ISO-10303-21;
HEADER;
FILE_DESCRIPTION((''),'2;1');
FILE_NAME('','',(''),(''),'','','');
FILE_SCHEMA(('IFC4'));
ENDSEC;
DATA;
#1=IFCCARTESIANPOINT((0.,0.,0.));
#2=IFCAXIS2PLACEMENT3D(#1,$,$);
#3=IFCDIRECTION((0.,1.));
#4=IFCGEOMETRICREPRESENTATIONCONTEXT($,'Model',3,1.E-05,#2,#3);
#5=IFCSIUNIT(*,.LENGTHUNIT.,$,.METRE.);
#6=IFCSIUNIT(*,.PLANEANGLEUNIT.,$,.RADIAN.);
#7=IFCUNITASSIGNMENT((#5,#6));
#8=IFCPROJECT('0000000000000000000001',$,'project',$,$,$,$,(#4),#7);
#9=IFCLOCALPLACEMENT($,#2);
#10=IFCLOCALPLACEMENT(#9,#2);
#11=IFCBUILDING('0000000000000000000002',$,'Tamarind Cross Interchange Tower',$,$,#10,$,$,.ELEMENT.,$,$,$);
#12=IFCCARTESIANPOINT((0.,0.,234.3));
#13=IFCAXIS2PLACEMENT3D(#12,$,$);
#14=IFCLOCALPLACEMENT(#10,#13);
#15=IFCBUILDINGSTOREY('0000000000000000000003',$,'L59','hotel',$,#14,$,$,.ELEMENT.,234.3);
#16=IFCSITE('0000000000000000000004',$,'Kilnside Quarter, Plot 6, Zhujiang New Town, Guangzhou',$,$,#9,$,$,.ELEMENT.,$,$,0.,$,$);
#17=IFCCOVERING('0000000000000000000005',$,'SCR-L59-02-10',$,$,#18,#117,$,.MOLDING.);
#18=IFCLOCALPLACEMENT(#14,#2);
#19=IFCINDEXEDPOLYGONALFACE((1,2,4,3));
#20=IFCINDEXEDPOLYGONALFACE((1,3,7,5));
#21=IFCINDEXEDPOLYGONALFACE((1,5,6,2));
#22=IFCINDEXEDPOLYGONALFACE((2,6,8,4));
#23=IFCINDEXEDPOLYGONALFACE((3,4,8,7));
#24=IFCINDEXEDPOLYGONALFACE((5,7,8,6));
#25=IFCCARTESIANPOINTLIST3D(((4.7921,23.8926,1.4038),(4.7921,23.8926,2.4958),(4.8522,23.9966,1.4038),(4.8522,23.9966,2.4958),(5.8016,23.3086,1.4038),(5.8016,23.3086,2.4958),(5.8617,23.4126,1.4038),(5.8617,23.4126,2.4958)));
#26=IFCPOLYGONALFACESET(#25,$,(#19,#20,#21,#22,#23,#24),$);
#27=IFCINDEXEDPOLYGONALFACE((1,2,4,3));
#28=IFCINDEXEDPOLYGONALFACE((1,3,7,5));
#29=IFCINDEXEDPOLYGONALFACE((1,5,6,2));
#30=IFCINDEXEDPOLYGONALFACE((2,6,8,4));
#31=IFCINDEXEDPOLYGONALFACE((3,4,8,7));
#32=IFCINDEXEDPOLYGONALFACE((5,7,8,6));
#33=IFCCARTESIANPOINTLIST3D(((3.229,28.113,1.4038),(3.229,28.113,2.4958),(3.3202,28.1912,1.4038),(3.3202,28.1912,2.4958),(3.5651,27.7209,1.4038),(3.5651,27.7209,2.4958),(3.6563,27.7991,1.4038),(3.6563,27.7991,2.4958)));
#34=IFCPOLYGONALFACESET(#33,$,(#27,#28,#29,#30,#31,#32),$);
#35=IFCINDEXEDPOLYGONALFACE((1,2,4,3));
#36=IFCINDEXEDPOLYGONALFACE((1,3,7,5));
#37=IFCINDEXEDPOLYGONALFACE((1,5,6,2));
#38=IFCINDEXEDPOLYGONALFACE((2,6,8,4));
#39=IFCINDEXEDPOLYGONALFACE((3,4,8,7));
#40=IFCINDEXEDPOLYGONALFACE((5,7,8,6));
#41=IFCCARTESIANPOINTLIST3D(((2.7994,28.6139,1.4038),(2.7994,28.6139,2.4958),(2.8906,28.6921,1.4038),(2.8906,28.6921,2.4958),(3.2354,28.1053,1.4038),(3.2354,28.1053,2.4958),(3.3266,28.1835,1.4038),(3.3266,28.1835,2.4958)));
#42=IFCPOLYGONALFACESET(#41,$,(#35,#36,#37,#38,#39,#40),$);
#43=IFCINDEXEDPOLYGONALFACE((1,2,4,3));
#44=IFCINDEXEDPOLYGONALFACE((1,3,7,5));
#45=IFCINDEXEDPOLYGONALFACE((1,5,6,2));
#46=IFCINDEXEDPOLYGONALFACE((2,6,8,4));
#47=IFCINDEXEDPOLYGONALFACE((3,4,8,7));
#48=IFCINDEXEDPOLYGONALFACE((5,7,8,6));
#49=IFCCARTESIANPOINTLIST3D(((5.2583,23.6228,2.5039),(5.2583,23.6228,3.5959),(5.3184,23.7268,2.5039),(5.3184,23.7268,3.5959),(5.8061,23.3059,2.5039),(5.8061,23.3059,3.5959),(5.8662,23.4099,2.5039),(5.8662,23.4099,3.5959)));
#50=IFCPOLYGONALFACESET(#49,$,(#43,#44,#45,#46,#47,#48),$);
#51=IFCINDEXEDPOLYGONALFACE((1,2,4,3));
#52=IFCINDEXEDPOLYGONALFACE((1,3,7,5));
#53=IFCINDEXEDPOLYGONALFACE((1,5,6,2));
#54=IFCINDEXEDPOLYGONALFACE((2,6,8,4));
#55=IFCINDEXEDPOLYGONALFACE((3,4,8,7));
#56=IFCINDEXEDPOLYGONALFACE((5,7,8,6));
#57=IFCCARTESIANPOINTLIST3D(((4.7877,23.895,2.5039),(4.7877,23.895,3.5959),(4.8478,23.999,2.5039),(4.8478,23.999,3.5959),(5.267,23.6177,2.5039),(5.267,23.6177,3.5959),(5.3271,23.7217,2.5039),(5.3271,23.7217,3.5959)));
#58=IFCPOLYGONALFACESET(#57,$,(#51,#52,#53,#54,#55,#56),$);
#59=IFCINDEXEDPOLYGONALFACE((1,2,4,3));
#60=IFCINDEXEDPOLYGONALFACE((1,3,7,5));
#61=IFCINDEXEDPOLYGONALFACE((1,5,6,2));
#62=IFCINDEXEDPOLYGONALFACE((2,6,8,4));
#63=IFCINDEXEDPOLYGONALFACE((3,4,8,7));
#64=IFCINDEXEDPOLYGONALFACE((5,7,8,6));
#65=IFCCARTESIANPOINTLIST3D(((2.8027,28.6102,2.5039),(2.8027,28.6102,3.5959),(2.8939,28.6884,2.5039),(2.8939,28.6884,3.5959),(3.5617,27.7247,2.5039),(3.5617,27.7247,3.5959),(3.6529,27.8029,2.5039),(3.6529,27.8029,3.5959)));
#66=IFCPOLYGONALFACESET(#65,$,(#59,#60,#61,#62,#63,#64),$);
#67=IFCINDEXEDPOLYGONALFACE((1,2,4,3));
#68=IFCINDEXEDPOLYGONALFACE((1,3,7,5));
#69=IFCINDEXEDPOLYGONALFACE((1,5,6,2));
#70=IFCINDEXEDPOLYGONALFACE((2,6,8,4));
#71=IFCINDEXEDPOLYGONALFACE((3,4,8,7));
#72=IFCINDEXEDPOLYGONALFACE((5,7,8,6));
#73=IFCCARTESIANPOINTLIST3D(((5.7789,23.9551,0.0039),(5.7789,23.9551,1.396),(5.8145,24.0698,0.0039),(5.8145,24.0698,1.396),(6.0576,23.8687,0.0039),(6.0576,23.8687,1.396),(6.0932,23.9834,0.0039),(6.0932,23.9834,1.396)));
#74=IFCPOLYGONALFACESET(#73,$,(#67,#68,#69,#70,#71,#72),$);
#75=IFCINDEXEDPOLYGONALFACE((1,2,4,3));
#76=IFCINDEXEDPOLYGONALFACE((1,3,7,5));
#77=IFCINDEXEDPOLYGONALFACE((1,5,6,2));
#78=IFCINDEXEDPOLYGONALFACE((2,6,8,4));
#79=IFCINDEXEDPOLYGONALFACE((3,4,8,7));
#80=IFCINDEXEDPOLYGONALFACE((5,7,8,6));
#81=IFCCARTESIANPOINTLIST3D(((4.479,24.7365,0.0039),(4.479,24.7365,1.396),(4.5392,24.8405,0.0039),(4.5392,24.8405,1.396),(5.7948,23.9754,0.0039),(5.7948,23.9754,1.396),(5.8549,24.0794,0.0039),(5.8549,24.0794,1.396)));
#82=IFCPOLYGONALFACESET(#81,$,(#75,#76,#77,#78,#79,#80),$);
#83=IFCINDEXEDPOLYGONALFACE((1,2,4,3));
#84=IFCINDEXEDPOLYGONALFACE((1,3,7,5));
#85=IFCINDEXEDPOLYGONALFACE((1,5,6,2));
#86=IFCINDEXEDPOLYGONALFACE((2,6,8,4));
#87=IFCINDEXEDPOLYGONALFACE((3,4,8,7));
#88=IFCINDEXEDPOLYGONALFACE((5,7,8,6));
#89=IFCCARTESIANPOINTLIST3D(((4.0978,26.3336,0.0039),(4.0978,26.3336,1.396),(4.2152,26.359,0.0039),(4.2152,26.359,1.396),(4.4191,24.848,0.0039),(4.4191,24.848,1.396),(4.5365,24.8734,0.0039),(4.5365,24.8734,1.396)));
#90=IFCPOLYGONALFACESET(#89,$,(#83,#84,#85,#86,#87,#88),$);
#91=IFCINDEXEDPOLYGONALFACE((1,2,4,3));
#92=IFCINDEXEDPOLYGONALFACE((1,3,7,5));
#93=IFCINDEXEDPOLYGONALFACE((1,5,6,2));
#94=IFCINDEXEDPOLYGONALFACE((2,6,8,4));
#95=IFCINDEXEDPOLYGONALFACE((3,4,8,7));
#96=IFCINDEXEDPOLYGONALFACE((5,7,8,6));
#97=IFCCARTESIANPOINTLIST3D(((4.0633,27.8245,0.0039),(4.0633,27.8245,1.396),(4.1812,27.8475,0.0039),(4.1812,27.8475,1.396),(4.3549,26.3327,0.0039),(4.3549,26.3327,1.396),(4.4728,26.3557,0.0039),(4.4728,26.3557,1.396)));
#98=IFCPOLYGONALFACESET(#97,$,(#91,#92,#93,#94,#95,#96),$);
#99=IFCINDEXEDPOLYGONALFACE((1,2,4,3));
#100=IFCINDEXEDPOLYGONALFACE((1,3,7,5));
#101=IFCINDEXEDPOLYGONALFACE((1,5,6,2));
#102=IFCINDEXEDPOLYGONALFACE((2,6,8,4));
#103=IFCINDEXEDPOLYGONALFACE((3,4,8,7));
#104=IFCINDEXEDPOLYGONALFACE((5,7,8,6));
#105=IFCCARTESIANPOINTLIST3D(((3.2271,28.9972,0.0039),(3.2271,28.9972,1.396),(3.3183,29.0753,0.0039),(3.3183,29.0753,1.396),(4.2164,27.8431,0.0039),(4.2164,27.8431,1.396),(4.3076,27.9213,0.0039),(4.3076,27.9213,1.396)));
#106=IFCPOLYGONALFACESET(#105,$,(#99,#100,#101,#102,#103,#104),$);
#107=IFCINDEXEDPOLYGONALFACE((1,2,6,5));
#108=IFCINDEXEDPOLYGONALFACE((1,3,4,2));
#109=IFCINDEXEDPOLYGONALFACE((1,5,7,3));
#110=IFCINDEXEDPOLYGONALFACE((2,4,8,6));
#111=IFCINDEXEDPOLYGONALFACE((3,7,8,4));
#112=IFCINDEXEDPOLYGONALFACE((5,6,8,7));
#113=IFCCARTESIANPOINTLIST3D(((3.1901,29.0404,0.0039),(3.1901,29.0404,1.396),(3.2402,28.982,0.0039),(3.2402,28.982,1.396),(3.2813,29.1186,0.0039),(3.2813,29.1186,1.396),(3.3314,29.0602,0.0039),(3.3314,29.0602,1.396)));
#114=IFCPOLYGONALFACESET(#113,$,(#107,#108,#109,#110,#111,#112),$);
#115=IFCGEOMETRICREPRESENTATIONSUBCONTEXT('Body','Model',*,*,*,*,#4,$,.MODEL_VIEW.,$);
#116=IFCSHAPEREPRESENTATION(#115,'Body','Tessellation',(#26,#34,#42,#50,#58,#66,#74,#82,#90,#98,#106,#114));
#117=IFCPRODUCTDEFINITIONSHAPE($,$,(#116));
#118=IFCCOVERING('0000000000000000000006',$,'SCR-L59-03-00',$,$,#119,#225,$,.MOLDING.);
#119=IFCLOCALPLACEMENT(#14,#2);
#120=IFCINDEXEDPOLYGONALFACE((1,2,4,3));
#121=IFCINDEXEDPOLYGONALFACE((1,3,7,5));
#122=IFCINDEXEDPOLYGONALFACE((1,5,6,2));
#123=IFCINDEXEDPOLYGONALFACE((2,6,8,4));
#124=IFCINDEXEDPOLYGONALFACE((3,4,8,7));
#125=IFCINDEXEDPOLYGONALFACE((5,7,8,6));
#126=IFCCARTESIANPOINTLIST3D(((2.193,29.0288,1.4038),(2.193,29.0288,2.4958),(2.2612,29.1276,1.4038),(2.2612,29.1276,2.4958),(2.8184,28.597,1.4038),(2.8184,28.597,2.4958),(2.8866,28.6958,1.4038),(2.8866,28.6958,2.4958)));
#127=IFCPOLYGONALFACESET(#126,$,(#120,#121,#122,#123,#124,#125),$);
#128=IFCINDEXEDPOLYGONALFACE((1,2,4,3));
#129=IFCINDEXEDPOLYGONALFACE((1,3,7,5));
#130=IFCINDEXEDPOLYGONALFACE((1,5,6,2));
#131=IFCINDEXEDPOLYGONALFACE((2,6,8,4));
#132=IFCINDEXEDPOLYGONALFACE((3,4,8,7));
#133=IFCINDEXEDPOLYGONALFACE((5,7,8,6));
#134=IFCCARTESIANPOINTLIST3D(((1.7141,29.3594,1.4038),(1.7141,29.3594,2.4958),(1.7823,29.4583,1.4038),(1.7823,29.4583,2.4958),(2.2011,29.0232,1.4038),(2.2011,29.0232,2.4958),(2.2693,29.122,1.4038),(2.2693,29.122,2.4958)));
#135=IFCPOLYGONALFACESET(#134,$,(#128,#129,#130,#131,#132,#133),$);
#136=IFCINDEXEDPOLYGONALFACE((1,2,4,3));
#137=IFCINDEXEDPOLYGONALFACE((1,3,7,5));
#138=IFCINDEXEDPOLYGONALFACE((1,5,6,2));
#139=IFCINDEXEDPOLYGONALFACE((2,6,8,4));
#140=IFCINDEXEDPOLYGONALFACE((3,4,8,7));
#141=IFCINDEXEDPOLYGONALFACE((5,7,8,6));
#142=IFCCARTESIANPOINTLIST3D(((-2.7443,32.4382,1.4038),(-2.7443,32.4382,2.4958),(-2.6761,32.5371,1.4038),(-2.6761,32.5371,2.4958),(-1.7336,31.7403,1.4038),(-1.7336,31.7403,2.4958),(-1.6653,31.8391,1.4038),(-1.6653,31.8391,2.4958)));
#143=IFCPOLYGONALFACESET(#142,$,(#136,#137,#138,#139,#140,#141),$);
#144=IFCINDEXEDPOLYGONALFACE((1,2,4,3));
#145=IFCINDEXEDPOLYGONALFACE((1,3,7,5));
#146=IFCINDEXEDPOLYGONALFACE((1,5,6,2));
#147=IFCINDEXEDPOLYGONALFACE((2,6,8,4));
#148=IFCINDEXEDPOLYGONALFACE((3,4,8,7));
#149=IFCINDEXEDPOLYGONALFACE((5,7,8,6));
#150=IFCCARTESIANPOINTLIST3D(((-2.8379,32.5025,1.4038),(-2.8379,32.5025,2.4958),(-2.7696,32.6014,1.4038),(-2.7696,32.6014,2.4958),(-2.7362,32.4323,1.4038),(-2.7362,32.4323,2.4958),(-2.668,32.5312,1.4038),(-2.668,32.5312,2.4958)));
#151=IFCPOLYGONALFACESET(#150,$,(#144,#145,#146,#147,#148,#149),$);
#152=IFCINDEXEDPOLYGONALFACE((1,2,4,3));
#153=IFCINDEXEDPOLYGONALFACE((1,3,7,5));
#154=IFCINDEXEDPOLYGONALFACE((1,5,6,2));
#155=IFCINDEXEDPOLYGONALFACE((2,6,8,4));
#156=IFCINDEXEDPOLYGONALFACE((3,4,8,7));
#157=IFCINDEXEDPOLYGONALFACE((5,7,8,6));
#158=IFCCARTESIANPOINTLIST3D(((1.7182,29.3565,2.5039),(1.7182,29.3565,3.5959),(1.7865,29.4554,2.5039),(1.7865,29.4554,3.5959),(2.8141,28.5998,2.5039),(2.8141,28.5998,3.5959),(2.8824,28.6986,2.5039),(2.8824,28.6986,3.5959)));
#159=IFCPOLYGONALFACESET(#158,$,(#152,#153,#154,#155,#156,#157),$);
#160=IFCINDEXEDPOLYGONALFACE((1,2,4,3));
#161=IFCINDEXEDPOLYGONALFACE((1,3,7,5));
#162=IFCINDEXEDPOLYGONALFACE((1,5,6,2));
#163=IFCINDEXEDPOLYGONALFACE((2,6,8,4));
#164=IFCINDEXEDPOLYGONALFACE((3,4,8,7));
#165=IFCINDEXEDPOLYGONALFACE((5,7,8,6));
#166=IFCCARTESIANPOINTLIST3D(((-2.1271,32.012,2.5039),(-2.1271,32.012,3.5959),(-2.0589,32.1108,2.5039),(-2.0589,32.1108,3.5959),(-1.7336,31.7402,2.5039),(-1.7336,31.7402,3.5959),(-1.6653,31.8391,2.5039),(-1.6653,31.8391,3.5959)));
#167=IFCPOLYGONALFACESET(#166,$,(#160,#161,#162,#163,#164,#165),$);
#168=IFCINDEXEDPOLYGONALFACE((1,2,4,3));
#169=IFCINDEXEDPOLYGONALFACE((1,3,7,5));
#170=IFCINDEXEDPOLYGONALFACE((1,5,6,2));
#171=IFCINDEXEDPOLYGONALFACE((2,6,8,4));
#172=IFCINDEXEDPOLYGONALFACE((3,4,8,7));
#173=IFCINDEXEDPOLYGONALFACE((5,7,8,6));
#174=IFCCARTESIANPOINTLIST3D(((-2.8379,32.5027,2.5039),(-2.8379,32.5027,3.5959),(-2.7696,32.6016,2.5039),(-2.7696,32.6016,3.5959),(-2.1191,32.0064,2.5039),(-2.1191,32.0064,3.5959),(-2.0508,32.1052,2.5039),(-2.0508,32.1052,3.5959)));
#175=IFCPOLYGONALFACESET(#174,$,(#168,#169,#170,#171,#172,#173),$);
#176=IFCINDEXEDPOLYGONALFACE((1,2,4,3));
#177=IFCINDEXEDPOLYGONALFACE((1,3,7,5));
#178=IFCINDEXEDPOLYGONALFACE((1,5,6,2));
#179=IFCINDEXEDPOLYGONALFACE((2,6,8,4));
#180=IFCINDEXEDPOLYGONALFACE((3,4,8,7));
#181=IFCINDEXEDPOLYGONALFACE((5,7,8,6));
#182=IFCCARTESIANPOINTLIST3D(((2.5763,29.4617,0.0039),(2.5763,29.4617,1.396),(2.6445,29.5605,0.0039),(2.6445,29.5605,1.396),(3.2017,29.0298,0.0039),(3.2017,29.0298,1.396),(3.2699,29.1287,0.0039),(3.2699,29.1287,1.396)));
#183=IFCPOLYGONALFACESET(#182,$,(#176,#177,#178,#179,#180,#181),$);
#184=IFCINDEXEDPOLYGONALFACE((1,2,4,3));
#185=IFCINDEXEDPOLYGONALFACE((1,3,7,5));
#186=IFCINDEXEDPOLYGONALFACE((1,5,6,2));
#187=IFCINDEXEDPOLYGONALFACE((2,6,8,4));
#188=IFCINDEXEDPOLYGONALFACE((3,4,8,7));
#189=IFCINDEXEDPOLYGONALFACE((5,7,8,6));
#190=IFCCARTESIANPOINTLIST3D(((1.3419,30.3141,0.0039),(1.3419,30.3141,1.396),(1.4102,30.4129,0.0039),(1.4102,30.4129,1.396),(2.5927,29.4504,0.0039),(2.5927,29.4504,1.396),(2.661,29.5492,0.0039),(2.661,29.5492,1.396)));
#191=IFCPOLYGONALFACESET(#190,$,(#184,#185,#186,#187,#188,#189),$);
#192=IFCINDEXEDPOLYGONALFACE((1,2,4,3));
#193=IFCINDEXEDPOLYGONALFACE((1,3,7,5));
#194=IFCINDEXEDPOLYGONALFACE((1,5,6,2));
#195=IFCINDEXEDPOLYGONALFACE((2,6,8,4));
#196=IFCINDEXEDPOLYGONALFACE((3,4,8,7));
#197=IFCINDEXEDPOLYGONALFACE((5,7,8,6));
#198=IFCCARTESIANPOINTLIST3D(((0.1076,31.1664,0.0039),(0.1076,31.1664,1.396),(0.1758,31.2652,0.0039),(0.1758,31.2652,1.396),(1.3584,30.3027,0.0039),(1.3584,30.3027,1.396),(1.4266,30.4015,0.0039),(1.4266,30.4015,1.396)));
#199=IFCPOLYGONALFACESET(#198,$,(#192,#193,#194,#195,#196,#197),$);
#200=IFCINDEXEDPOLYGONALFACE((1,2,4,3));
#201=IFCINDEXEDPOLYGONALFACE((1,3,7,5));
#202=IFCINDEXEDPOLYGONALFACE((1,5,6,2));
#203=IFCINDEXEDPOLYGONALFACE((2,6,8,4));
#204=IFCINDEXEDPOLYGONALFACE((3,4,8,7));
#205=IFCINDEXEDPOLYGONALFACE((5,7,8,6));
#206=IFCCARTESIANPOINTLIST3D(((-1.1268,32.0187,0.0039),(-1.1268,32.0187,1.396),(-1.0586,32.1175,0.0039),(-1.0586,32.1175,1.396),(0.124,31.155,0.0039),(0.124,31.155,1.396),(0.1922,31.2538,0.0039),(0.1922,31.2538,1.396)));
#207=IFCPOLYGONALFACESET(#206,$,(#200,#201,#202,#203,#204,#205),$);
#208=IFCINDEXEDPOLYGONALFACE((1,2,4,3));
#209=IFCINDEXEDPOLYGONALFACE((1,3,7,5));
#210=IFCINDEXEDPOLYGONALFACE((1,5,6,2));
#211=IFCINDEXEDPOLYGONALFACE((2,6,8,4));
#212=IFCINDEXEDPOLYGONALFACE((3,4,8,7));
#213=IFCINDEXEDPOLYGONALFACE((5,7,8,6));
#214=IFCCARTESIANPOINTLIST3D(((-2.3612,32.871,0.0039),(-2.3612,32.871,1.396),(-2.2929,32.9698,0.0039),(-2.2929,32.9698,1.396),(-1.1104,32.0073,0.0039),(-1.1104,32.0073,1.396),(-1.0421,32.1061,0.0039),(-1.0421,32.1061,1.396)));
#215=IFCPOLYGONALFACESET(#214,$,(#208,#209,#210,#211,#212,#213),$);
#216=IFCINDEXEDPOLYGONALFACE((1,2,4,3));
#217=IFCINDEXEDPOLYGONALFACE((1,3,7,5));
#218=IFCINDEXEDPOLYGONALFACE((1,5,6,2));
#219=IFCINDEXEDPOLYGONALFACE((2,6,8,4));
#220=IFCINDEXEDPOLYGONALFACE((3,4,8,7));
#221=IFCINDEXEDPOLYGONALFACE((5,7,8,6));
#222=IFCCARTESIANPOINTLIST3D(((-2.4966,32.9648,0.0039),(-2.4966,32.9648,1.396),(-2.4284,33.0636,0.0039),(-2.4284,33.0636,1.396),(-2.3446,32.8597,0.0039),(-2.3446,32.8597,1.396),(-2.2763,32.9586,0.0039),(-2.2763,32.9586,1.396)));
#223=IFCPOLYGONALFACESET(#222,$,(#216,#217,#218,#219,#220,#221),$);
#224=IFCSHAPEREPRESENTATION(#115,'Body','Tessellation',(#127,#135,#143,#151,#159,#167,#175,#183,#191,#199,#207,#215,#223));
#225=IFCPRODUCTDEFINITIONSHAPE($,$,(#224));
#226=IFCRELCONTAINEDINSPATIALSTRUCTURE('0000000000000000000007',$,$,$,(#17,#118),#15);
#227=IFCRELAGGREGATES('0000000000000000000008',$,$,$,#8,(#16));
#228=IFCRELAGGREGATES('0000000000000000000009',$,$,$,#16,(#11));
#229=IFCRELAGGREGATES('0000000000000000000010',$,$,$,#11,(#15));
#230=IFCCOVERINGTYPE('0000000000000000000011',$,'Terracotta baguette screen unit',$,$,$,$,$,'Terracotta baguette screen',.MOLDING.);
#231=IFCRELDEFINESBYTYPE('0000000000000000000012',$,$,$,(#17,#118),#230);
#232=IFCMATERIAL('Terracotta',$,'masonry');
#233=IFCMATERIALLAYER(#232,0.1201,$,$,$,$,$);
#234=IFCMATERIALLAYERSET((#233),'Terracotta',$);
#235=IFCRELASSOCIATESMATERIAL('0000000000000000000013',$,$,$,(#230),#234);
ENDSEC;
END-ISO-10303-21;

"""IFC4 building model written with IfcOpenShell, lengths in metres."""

from ifc_helpers import new_model, si_unit, direction, frame, origin, origin_2d, place, context, subcontext, project, spatial, rectangle, extrude, material, layer, layer_set, type_object, element, save


model = new_model("IFC4")

# Units and contexts
model_context = context("Model", 3, precision=1e-05, world=origin(), true_north=direction((0.0, 1.0)))
body_context = subcontext(model_context, "Body", "Model", "MODEL_VIEW")
ifc_project = project(units=[si_unit("LENGTHUNIT", "METRE"), si_unit("PLANEANGLEUNIT", "RADIAN")], contexts=[model_context])

# Site, building, storey
site_placement = place(None, origin())
site = spatial("IfcSite", under=ifc_project, at=site_placement, Name="Kilnside Quarter, Plot 6, Zhujiang New Town, Guangzhou", CompositionType="ELEMENT", RefElevation=0.0)
building_placement = place(site_placement, origin())
building = spatial("IfcBuilding", under=site, at=building_placement, Name="Tamarind Cross Interchange Tower", CompositionType="ELEMENT")
storey_placement = place(building_placement, frame((0.0, 0.0, 234.3)))
storey = spatial("IfcBuildingStorey", under=building, at=storey_placement, Name="L59", Description="hotel", CompositionType="ELEMENT", Elevation=234.3)

# Coverings
ifc_material_1 = material(Name="Terracotta", Category="masonry")
ifc_layer_1 = layer(ifc_material_1, 0.1201)
ifc_layer_set_1 = layer_set([ifc_layer_1], Name="Terracotta")
covering_type = type_object("IfcCoveringType", Name="Terracotta baguette screen unit", ElementType="Terracotta baguette screen", PredefinedType="MOLDING", material=ifc_layer_set_1)
covering_1_placement = place(storey_placement, origin())
element("IfcCovering", 1, at=covering_1_placement, inside=storey, type_object=covering_type, Name="SCR-L59-02-10", PredefinedType="MOLDING", context=body_context, shape_type="SweptSolid", body=[
    extrude(rectangle(XDim=1.1663, YDim=0.1201, at=origin_2d()), frame((5.3269, 23.6526, 1.4038), z_axis=(0.0, 0.0, 1.0), x_axis=(-0.865615, 0.50071, 0.0)), (0.0, 0.0, 1.0), 1.092),
    extrude(rectangle(XDim=0.5164, YDim=0.1201, at=origin_2d()), frame((3.4426, 27.9561, 1.4038), z_axis=(0.0, 0.0, 1.0), x_axis=(-0.650818, 0.759233, 0.0)), (0.0, 0.0, 1.0), 1.092),
    extrude(rectangle(XDim=0.6699, YDim=0.1201, at=origin_2d()), frame((3.063, 28.3987, 1.4038), z_axis=(0.0, 0.0, 1.0), x_axis=(-0.650818, 0.759233, 0.0)), (0.0, 0.0, 1.0), 1.092),
    extrude(rectangle(XDim=0.6328, YDim=0.1201, at=origin_2d()), frame((5.5623, 23.5164, 2.5039), z_axis=(0.0, 0.0, 1.0), x_axis=(-0.865615, 0.50071, 0.0)), (0.0, 0.0, 1.0), 1.092),
    extrude(rectangle(XDim=0.5537, YDim=0.1201, at=origin_2d()), frame((5.0574, 23.8083, 2.5039), z_axis=(0.0, 0.0, 1.0), x_axis=(-0.865615, 0.50071, 0.0)), (0.0, 0.0, 1.0), 1.092),
    extrude(rectangle(XDim=1.1663, YDim=0.1201, at=origin_2d()), frame((3.2278, 28.2065, 2.5039), z_axis=(0.0, 0.0, 1.0), x_axis=(-0.650818, 0.759233, 0.0)), (0.0, 0.0, 1.0), 1.092),
    extrude(rectangle(XDim=0.2917, YDim=0.1201, at=origin_2d()), frame((5.936, 23.9692, 0.0039), z_axis=(0.0, 0.0, 1.0), x_axis=(-0.955148, 0.296129, 0.0)), (0.0, 0.0, 1.0), 1.3921),
    extrude(rectangle(XDim=1.52, YDim=0.1201, at=origin_2d()), frame((5.167, 24.408, 0.0039), z_axis=(0.0, 0.0, 1.0), x_axis=(-0.865615, 0.50071, 0.0)), (0.0, 0.0, 1.0), 1.3921),
    extrude(rectangle(XDim=1.52, YDim=0.1201, at=origin_2d()), frame((4.3171, 25.6035, 0.0039), z_axis=(0.0, 0.0, 1.0), x_axis=(-0.211424, 0.977394, 0.0)), (0.0, 0.0, 1.0), 1.3921),
    extrude(rectangle(XDim=1.52, YDim=0.1201, at=origin_2d()), frame((4.2681, 27.0901, 0.0039), z_axis=(0.0, 0.0, 1.0), x_axis=(-0.191857, 0.981423, 0.0)), (0.0, 0.0, 1.0), 1.3921),
    extrude(rectangle(XDim=1.52, YDim=0.1201, at=origin_2d()), frame((3.7673, 28.4592, 0.0039), z_axis=(0.0, 0.0, 1.0), x_axis=(-0.650818, 0.759233, 0.0)), (0.0, 0.0, 1.0), 1.3921),
    extrude(rectangle(XDim=0.0769, YDim=0.1201, at=origin_2d()), frame((3.2607, 29.0503, 0.0039), z_axis=(0.0, 0.0, 1.0), x_axis=(-0.650818, 0.759233, 0.0)), (0.0, 0.0, 1.0), 1.3921),
])
covering_2_placement = place(storey_placement, origin())
element("IfcCovering", 2, at=covering_2_placement, inside=storey, type_object=covering_type, Name="SCR-L59-03-00", PredefinedType="MOLDING", context=body_context, shape_type="SweptSolid", body=[
    extrude(rectangle(XDim=0.76, YDim=0.1201, at=origin_2d()), frame((2.5398, 28.8623, 1.4038), z_axis=(0.0, 0.0, 1.0), x_axis=(-0.822883, 0.568211, 0.0)), (0.0, 0.0, 1.0), 1.092),
    extrude(rectangle(XDim=0.5918, YDim=0.1201, at=origin_2d()), frame((1.9917, 29.2407, 1.4038), z_axis=(0.0, 0.0, 1.0), x_axis=(-0.822883, 0.568211, 0.0)), (0.0, 0.0, 1.0), 1.092),
    extrude(rectangle(XDim=1.2283, YDim=0.1201, at=origin_2d()), frame((-2.2048, 32.1387, 1.4038), z_axis=(0.0, 0.0, 1.0), x_axis=(-0.822883, 0.568211, 0.0)), (0.0, 0.0, 1.0), 1.092),
    extrude(rectangle(XDim=0.1235, YDim=0.1201, at=origin_2d()), frame((-2.7529, 32.5168, 1.4038), z_axis=(0.0, 0.0, 1.0), x_axis=(-0.822883, 0.568211, 0.0)), (0.0, 0.0, 1.0), 1.092),
    extrude(rectangle(XDim=1.3318, YDim=0.1201, at=origin_2d()), frame((2.3003, 29.0276, 2.5039), z_axis=(0.0, 0.0, 1.0), x_axis=(-0.822883, 0.568211, 0.0)), (0.0, 0.0, 1.0), 1.092),
    extrude(rectangle(XDim=0.4783, YDim=0.1201, at=origin_2d()), frame((-1.8962, 31.9255, 2.5039), z_axis=(0.0, 0.0, 1.0), x_axis=(-0.822883, 0.568211, 0.0)), (0.0, 0.0, 1.0), 1.092),
    extrude(rectangle(XDim=0.8735, YDim=0.1201, at=origin_2d()), frame((-2.4443, 32.304, 2.5039), z_axis=(0.0, 0.0, 1.0), x_axis=(-0.822883, 0.568211, 0.0)), (0.0, 0.0, 1.0), 1.092),
    extrude(rectangle(XDim=0.76, YDim=0.1201, at=origin_2d()), frame((2.9231, 29.2952, 0.0039), z_axis=(0.0, 0.0, 1.0), x_axis=(-0.822883, 0.568211, 0.0)), (0.0, 0.0, 1.0), 1.3921),
    extrude(rectangle(XDim=1.52, YDim=0.1201, at=origin_2d()), frame((2.0015, 29.9316, 0.0039), z_axis=(0.0, 0.0, 1.0), x_axis=(-0.822883, 0.568211, 0.0)), (0.0, 0.0, 1.0), 1.3921),
    extrude(rectangle(XDim=1.52, YDim=0.1201, at=origin_2d()), frame((0.7671, 30.7839, 0.0039), z_axis=(0.0, 0.0, 1.0), x_axis=(-0.822883, 0.568211, 0.0)), (0.0, 0.0, 1.0), 1.3921),
    extrude(rectangle(XDim=1.52, YDim=0.1201, at=origin_2d()), frame((-0.4673, 31.6362, 0.0039), z_axis=(0.0, 0.0, 1.0), x_axis=(-0.822883, 0.568211, 0.0)), (0.0, 0.0, 1.0), 1.3921),
    extrude(rectangle(XDim=1.52, YDim=0.1201, at=origin_2d()), frame((-1.7017, 32.4885, 0.0039), z_axis=(0.0, 0.0, 1.0), x_axis=(-0.822883, 0.568211, 0.0)), (0.0, 0.0, 1.0), 1.3921),
    extrude(rectangle(XDim=0.1848, YDim=0.1201, at=origin_2d()), frame((-2.3865, 32.9617, 0.0039), z_axis=(0.0, 0.0, 1.0), x_axis=(-0.822883, 0.568211, 0.0)), (0.0, 0.0, 1.0), 1.3921),
])

save(model, "model.ifc")
